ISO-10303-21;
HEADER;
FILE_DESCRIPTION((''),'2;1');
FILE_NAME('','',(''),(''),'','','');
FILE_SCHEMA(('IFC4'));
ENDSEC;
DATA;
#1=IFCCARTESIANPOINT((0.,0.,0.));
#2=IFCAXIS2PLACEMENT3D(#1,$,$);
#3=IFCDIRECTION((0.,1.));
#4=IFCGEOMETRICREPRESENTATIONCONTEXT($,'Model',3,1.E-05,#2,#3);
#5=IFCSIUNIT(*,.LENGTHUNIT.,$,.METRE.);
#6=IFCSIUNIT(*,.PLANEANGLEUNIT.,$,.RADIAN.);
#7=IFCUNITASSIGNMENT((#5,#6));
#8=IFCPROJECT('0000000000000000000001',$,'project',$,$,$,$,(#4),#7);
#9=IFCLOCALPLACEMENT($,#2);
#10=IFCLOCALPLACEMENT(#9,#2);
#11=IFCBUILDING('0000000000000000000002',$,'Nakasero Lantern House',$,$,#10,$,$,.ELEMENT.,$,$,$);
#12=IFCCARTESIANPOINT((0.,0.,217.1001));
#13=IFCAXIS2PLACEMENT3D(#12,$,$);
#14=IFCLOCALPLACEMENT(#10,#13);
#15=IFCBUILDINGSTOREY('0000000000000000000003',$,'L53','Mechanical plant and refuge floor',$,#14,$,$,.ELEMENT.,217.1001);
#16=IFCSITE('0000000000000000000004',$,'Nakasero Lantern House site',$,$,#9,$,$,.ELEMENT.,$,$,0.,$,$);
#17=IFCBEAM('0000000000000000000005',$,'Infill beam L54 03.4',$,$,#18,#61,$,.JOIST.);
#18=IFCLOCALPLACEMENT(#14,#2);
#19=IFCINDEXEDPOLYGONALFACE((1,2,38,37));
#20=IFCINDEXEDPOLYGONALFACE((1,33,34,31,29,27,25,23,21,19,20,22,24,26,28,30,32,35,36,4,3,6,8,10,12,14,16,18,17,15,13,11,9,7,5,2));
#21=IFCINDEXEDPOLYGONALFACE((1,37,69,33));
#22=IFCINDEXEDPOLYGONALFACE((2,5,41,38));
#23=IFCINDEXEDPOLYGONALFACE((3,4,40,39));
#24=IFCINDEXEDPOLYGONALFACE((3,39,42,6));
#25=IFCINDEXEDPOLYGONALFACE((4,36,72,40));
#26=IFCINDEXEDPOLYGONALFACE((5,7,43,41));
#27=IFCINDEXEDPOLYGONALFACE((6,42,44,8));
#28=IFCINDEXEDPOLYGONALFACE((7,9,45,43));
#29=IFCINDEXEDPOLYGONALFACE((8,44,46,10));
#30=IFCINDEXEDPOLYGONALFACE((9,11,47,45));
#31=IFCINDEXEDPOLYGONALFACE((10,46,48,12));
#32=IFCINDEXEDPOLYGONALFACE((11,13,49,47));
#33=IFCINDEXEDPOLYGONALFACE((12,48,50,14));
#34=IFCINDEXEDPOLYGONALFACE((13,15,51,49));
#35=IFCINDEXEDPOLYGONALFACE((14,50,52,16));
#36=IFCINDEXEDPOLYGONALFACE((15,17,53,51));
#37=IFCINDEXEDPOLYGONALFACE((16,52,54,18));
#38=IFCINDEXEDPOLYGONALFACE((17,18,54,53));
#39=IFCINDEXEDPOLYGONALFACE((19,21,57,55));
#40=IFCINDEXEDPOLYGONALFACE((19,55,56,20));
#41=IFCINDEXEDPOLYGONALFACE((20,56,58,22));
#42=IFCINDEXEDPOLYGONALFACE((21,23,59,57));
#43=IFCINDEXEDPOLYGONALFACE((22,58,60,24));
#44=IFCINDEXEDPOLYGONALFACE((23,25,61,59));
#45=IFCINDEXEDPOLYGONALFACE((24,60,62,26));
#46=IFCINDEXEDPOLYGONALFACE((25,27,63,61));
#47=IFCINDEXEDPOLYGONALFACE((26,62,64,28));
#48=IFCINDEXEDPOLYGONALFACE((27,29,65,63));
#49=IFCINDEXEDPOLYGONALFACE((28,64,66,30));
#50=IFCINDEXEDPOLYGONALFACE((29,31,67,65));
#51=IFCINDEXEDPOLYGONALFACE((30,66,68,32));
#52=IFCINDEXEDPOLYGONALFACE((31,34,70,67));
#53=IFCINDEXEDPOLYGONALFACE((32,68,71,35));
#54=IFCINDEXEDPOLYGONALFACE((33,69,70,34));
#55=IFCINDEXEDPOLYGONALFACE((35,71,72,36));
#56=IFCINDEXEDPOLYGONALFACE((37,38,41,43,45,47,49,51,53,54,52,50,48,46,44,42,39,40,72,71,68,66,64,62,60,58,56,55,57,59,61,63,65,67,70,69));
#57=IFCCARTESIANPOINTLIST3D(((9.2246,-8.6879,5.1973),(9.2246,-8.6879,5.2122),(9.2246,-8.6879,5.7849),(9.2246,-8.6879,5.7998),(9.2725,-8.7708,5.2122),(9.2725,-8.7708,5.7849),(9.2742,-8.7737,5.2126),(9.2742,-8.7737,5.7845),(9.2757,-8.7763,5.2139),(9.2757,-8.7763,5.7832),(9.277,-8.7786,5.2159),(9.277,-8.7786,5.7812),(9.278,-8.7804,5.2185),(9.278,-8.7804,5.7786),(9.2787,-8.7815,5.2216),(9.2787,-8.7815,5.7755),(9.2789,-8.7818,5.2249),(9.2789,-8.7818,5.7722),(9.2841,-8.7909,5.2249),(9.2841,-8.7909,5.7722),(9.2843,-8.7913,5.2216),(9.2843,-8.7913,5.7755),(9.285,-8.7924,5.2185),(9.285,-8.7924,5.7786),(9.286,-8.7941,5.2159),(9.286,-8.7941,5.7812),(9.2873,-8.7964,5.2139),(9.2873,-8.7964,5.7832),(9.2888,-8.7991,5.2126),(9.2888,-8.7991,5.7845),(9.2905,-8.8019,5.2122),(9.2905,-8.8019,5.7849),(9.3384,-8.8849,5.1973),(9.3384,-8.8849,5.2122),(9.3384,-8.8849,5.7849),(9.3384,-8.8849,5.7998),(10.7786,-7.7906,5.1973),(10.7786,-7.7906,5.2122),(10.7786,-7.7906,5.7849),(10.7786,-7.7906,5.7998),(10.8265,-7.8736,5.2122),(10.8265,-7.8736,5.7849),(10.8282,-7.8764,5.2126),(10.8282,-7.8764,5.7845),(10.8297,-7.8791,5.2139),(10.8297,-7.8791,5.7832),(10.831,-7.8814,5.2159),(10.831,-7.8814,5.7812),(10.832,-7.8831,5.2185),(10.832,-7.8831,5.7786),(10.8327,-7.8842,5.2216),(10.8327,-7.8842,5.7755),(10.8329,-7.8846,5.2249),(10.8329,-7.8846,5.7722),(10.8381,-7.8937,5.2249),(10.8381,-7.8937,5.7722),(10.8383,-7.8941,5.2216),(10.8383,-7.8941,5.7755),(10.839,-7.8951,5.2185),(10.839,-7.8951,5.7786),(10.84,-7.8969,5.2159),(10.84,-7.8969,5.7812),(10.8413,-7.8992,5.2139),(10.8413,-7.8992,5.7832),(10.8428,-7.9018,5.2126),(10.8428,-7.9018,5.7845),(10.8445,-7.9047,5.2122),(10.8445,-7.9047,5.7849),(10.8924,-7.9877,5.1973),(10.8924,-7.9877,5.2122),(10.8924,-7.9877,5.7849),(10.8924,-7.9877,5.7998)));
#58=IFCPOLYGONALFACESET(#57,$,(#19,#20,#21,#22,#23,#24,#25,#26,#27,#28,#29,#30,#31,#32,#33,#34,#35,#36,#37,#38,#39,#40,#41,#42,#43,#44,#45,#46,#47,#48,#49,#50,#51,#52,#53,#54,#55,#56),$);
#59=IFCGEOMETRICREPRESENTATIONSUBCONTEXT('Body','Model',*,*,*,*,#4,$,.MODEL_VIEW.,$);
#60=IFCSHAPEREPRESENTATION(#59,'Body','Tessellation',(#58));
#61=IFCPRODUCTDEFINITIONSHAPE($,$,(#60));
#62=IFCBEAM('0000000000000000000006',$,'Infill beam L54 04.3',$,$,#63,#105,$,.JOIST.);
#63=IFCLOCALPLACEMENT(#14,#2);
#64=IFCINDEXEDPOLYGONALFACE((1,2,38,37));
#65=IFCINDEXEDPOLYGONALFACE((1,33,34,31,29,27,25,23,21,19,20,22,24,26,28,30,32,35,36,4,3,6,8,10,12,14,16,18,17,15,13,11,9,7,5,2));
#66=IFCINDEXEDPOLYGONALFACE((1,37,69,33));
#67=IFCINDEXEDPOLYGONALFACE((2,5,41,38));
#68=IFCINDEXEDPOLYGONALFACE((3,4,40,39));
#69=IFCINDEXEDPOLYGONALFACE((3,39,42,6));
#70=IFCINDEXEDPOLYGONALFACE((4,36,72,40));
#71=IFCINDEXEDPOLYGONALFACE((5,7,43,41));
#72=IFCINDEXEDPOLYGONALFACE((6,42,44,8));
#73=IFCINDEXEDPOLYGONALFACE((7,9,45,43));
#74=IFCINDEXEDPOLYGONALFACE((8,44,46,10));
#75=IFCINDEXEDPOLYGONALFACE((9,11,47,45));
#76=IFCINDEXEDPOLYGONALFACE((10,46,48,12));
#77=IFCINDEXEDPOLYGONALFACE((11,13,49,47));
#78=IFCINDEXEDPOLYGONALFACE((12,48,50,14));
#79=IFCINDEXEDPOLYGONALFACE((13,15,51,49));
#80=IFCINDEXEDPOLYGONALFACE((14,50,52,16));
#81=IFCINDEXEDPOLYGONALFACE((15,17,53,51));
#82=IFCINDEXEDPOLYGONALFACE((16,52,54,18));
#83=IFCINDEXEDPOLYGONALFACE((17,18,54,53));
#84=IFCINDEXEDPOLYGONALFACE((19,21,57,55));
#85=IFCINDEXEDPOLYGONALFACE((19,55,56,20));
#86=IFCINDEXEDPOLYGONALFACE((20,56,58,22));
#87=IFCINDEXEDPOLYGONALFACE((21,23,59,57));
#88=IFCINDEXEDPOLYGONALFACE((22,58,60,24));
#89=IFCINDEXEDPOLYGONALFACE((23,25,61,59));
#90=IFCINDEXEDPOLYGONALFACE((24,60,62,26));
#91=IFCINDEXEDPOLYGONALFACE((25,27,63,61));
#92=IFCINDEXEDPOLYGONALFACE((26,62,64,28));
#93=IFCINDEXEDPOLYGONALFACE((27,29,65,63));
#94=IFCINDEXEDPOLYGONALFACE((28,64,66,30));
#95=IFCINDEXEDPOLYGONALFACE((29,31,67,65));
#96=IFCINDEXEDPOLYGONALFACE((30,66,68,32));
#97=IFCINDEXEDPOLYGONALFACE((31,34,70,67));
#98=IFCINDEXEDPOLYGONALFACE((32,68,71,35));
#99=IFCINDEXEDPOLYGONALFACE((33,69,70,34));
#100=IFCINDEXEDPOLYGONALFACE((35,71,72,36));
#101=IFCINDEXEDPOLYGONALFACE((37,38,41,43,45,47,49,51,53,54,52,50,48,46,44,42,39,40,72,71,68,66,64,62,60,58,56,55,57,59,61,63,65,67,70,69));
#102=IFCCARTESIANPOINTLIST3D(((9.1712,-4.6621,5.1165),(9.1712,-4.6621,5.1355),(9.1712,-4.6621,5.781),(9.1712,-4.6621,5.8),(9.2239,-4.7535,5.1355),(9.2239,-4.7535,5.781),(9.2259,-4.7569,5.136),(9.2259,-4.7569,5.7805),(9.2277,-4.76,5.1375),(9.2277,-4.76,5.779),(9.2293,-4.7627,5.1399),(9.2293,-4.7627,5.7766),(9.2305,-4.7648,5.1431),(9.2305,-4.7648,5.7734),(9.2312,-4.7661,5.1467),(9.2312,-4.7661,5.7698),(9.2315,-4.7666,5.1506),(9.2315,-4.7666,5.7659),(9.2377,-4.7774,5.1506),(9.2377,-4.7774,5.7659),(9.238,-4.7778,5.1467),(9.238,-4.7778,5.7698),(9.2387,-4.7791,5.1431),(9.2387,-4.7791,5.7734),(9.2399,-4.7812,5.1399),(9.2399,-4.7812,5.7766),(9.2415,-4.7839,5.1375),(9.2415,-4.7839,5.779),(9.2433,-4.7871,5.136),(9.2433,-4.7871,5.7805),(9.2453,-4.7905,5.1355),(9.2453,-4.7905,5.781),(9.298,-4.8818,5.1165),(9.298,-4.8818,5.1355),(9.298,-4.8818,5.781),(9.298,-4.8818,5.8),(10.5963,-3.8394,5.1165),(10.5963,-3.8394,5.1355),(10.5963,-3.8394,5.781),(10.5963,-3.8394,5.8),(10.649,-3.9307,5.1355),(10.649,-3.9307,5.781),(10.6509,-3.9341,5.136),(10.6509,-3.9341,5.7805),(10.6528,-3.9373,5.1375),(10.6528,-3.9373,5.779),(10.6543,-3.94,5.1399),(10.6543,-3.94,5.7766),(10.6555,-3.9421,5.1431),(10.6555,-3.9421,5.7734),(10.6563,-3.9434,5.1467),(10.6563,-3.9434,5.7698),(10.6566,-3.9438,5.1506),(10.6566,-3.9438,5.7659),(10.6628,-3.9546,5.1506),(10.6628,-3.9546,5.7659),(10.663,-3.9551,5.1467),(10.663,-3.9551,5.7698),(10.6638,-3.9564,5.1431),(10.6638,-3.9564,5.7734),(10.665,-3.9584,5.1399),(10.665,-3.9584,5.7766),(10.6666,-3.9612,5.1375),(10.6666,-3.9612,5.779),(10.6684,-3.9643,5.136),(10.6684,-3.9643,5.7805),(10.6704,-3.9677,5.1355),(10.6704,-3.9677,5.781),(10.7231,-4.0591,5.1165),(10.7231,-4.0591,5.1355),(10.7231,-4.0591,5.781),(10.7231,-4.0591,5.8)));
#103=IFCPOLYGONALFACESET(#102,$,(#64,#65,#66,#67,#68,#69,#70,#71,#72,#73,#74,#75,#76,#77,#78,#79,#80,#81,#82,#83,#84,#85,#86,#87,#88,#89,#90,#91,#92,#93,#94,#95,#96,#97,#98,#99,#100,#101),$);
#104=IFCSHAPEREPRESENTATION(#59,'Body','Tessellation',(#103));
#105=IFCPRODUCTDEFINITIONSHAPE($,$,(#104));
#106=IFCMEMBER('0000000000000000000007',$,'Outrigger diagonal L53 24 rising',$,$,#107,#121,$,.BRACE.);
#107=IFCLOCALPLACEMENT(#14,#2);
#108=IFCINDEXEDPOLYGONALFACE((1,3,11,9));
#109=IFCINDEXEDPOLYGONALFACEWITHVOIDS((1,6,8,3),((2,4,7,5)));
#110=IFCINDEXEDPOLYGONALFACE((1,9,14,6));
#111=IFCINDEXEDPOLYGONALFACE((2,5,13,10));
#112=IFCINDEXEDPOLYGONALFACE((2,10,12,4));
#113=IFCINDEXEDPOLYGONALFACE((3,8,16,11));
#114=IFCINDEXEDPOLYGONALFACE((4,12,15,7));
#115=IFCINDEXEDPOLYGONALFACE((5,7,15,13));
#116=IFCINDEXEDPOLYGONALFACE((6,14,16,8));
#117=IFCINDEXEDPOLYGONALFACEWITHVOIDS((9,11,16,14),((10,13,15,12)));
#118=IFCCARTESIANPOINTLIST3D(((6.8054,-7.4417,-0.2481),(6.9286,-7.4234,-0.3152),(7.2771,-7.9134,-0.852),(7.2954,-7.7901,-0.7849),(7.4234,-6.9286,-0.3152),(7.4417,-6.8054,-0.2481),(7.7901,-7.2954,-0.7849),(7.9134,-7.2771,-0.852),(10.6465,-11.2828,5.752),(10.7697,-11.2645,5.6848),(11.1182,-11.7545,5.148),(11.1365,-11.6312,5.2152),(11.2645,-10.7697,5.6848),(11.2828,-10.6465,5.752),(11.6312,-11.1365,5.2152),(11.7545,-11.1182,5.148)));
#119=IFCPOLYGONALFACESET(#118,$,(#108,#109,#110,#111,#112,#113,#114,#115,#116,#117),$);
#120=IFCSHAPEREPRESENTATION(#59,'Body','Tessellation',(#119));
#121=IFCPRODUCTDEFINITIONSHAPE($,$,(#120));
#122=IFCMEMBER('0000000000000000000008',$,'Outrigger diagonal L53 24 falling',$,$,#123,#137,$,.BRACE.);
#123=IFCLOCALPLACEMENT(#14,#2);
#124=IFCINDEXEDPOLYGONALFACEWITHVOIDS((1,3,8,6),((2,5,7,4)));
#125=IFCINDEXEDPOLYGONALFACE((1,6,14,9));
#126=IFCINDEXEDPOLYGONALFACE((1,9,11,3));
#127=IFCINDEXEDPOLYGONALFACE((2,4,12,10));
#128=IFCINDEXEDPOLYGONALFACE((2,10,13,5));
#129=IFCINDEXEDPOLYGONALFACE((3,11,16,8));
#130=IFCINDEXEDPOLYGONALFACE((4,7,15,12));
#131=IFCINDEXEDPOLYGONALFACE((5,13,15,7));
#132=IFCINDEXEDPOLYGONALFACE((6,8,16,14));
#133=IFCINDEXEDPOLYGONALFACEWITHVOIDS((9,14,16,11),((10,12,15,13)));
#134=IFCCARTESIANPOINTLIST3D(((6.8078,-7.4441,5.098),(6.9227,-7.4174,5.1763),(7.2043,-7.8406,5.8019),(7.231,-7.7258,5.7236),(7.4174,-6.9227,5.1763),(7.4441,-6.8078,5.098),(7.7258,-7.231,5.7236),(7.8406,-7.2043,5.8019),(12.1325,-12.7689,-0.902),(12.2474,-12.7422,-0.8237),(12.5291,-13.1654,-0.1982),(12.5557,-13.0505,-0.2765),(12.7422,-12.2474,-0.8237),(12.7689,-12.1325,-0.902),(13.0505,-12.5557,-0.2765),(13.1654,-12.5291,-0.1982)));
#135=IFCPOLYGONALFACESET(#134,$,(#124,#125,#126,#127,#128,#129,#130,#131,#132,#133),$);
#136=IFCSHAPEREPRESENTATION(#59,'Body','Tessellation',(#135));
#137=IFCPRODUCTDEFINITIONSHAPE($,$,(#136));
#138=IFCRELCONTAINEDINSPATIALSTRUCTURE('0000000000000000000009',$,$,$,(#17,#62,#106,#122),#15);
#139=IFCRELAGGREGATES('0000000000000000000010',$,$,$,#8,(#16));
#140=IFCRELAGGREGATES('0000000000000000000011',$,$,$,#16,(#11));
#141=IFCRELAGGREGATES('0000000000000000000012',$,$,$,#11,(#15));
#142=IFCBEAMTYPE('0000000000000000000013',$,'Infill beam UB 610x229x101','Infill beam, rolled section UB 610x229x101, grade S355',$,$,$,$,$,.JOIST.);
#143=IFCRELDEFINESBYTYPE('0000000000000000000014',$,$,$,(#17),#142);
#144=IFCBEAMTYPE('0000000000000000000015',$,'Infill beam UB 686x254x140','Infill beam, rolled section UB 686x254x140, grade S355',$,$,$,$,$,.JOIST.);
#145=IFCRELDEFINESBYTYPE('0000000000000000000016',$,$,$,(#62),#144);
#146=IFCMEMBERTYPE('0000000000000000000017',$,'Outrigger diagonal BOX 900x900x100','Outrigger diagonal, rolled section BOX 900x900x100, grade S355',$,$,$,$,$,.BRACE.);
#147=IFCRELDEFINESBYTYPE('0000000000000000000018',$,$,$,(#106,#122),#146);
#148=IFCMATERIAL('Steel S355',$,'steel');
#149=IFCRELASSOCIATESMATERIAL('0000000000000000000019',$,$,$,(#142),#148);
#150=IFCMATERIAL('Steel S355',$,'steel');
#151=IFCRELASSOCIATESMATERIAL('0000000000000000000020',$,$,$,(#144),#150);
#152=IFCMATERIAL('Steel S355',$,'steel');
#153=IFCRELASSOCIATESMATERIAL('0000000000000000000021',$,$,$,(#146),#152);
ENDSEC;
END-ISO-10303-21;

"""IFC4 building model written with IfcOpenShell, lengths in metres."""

from ifc_helpers import new_model, si_unit, direction, frame, origin, origin_2d, place, context, subcontext, project, spatial, hollow_rectangle, i_section, extrude, material, material_profile, profile_set, type_object, element, save


model = new_model("IFC4")

# Units and contexts
model_context = context("Model", 3, precision=1e-05, world=origin(), true_north=direction((0.0, 1.0)))
body_context = subcontext(model_context, "Body", "Model", "MODEL_VIEW")
ifc_project = project(units=[si_unit("LENGTHUNIT", "METRE"), si_unit("PLANEANGLEUNIT", "RADIAN")], contexts=[model_context])

# Site, building, storey
site_placement = place(None, origin())
site = spatial("IfcSite", under=ifc_project, at=site_placement, Name="Nakasero Lantern House site", CompositionType="ELEMENT", RefElevation=0.0)
building_placement = place(site_placement, origin())
building = spatial("IfcBuilding", under=site, at=building_placement, Name="Nakasero Lantern House", CompositionType="ELEMENT")
storey_placement = place(building_placement, frame((0.0, 0.0, 217.1001)))
storey = spatial("IfcBuildingStorey", under=building, at=storey_placement, Name="L53", Description="Mechanical plant and refuge floor", CompositionType="ELEMENT", Elevation=217.1001)

# Beams
ifc_material_1 = material(Name="Steel S355", Category="steel")
ifc_material_profile_1 = material_profile(ifc_material_1, i_section(OverallWidth=0.2275, OverallDepth=0.6025, WebThickness=0.0105, FlangeThickness=0.0149, FilletRadius=0.0127, at=origin_2d()), Name="UB 610x229x101")
ifc_profile_set_1 = profile_set([ifc_material_profile_1], Name="Steel S355")
beam_type_1 = type_object("IfcBeamType", Name="Infill beam UB 610x229x101", Description="Infill beam, rolled section UB 610x229x101, grade S355", PredefinedType="JOIST", material=ifc_profile_set_1)
beam_1_placement = place(storey_placement, frame((9.2815, -8.7864, 5.4985), z_axis=(0.866016, 0.500017, 0.0), x_axis=(-0.500017, 0.866016, 0.0)))
element("IfcBeam", 1, at=beam_1_placement, inside=storey, type_object=beam_type_1, Name="Infill beam L54 03.4", PredefinedType="JOIST", context=body_context, shape_type="SweptSolid", body=[
    extrude(i_section(OverallWidth=0.2275, OverallDepth=0.6025, WebThickness=0.0105, FlangeThickness=0.0149, FilletRadius=0.0127, at=origin_2d()), origin(), (0.0, 0.0, 1.0), 1.7944),
])
ifc_material_2 = material(Name="Steel S355", Category="steel")
ifc_material_profile_2 = material_profile(ifc_material_2, i_section(OverallWidth=0.2537, OverallDepth=0.6836, WebThickness=0.0125, FlangeThickness=0.019, FilletRadius=0.0151, at=origin_2d()), Name="UB 686x254x140")
ifc_profile_set_2 = profile_set([ifc_material_profile_2], Name="Steel S355")
beam_type_2 = type_object("IfcBeamType", Name="Infill beam UB 686x254x140", Description="Infill beam, rolled section UB 686x254x140, grade S355", PredefinedType="JOIST", material=ifc_profile_set_2)
beam_2_placement = place(storey_placement, frame((9.2346, -4.772, 5.4583), z_axis=(0.866025, 0.500001, 0.0), x_axis=(-0.500001, 0.866025, 0.0)))
element("IfcBeam", 2, at=beam_2_placement, inside=storey, type_object=beam_type_2, Name="Infill beam L54 04.3", PredefinedType="JOIST", context=body_context, shape_type="SweptSolid", body=[
    extrude(i_section(OverallWidth=0.2537, OverallDepth=0.6836, WebThickness=0.0125, FlangeThickness=0.019, FilletRadius=0.0151, at=origin_2d()), origin(), (0.0, 0.0, 1.0), 1.6455),
])

# Members
ifc_material_3 = material(Name="Steel S355", Category="steel")
ifc_material_profile_3 = material_profile(ifc_material_3, hollow_rectangle(XDim=0.8999, YDim=0.8999, WallThickness=0.1001, at=origin_2d()), Name="BOX 900x900x100")
ifc_profile_set_3 = profile_set([ifc_material_profile_3], Name="Steel S355")
member_type = type_object("IfcMemberType", Name="Outrigger diagonal BOX 900x900x100", Description="Outrigger diagonal, rolled section BOX 900x900x100, grade S355", PredefinedType="BRACE", material=ifc_profile_set_3)
member_1_placement = place(storey_placement, frame((7.3594, -7.3594, -0.55), z_axis=(0.474576, -0.474576, 0.74132), x_axis=(0.707107, 0.707107, 0.0)))
element("IfcMember", 3, at=member_1_placement, inside=storey, type_object=member_type, Name="Outrigger diagonal L53 24 rising", PredefinedType="BRACE", context=body_context, shape_type="SweptSolid", body=[
    extrude(hollow_rectangle(XDim=0.8999, YDim=0.8999, WallThickness=0.1001, at=origin_2d()), origin(), (0.0, 0.0, 1.0), 8.0938),
])
member_2_placement = place(storey_placement, frame((7.3242, -7.3242, 5.45), z_axis=(0.553024, -0.553024, -0.62316), x_axis=(0.707107, 0.707107, 0.0)))
element("IfcMember", 4, at=member_2_placement, inside=storey, type_object=member_type, Name="Outrigger diagonal L53 24 falling", PredefinedType="BRACE", context=body_context, shape_type="SweptSolid", body=[
    extrude(hollow_rectangle(XDim=0.8999, YDim=0.8999, WallThickness=0.1001, at=origin_2d()), origin(), (0.0, 0.0, 1.0), 9.6284),
])

save(model, "model.ifc")
